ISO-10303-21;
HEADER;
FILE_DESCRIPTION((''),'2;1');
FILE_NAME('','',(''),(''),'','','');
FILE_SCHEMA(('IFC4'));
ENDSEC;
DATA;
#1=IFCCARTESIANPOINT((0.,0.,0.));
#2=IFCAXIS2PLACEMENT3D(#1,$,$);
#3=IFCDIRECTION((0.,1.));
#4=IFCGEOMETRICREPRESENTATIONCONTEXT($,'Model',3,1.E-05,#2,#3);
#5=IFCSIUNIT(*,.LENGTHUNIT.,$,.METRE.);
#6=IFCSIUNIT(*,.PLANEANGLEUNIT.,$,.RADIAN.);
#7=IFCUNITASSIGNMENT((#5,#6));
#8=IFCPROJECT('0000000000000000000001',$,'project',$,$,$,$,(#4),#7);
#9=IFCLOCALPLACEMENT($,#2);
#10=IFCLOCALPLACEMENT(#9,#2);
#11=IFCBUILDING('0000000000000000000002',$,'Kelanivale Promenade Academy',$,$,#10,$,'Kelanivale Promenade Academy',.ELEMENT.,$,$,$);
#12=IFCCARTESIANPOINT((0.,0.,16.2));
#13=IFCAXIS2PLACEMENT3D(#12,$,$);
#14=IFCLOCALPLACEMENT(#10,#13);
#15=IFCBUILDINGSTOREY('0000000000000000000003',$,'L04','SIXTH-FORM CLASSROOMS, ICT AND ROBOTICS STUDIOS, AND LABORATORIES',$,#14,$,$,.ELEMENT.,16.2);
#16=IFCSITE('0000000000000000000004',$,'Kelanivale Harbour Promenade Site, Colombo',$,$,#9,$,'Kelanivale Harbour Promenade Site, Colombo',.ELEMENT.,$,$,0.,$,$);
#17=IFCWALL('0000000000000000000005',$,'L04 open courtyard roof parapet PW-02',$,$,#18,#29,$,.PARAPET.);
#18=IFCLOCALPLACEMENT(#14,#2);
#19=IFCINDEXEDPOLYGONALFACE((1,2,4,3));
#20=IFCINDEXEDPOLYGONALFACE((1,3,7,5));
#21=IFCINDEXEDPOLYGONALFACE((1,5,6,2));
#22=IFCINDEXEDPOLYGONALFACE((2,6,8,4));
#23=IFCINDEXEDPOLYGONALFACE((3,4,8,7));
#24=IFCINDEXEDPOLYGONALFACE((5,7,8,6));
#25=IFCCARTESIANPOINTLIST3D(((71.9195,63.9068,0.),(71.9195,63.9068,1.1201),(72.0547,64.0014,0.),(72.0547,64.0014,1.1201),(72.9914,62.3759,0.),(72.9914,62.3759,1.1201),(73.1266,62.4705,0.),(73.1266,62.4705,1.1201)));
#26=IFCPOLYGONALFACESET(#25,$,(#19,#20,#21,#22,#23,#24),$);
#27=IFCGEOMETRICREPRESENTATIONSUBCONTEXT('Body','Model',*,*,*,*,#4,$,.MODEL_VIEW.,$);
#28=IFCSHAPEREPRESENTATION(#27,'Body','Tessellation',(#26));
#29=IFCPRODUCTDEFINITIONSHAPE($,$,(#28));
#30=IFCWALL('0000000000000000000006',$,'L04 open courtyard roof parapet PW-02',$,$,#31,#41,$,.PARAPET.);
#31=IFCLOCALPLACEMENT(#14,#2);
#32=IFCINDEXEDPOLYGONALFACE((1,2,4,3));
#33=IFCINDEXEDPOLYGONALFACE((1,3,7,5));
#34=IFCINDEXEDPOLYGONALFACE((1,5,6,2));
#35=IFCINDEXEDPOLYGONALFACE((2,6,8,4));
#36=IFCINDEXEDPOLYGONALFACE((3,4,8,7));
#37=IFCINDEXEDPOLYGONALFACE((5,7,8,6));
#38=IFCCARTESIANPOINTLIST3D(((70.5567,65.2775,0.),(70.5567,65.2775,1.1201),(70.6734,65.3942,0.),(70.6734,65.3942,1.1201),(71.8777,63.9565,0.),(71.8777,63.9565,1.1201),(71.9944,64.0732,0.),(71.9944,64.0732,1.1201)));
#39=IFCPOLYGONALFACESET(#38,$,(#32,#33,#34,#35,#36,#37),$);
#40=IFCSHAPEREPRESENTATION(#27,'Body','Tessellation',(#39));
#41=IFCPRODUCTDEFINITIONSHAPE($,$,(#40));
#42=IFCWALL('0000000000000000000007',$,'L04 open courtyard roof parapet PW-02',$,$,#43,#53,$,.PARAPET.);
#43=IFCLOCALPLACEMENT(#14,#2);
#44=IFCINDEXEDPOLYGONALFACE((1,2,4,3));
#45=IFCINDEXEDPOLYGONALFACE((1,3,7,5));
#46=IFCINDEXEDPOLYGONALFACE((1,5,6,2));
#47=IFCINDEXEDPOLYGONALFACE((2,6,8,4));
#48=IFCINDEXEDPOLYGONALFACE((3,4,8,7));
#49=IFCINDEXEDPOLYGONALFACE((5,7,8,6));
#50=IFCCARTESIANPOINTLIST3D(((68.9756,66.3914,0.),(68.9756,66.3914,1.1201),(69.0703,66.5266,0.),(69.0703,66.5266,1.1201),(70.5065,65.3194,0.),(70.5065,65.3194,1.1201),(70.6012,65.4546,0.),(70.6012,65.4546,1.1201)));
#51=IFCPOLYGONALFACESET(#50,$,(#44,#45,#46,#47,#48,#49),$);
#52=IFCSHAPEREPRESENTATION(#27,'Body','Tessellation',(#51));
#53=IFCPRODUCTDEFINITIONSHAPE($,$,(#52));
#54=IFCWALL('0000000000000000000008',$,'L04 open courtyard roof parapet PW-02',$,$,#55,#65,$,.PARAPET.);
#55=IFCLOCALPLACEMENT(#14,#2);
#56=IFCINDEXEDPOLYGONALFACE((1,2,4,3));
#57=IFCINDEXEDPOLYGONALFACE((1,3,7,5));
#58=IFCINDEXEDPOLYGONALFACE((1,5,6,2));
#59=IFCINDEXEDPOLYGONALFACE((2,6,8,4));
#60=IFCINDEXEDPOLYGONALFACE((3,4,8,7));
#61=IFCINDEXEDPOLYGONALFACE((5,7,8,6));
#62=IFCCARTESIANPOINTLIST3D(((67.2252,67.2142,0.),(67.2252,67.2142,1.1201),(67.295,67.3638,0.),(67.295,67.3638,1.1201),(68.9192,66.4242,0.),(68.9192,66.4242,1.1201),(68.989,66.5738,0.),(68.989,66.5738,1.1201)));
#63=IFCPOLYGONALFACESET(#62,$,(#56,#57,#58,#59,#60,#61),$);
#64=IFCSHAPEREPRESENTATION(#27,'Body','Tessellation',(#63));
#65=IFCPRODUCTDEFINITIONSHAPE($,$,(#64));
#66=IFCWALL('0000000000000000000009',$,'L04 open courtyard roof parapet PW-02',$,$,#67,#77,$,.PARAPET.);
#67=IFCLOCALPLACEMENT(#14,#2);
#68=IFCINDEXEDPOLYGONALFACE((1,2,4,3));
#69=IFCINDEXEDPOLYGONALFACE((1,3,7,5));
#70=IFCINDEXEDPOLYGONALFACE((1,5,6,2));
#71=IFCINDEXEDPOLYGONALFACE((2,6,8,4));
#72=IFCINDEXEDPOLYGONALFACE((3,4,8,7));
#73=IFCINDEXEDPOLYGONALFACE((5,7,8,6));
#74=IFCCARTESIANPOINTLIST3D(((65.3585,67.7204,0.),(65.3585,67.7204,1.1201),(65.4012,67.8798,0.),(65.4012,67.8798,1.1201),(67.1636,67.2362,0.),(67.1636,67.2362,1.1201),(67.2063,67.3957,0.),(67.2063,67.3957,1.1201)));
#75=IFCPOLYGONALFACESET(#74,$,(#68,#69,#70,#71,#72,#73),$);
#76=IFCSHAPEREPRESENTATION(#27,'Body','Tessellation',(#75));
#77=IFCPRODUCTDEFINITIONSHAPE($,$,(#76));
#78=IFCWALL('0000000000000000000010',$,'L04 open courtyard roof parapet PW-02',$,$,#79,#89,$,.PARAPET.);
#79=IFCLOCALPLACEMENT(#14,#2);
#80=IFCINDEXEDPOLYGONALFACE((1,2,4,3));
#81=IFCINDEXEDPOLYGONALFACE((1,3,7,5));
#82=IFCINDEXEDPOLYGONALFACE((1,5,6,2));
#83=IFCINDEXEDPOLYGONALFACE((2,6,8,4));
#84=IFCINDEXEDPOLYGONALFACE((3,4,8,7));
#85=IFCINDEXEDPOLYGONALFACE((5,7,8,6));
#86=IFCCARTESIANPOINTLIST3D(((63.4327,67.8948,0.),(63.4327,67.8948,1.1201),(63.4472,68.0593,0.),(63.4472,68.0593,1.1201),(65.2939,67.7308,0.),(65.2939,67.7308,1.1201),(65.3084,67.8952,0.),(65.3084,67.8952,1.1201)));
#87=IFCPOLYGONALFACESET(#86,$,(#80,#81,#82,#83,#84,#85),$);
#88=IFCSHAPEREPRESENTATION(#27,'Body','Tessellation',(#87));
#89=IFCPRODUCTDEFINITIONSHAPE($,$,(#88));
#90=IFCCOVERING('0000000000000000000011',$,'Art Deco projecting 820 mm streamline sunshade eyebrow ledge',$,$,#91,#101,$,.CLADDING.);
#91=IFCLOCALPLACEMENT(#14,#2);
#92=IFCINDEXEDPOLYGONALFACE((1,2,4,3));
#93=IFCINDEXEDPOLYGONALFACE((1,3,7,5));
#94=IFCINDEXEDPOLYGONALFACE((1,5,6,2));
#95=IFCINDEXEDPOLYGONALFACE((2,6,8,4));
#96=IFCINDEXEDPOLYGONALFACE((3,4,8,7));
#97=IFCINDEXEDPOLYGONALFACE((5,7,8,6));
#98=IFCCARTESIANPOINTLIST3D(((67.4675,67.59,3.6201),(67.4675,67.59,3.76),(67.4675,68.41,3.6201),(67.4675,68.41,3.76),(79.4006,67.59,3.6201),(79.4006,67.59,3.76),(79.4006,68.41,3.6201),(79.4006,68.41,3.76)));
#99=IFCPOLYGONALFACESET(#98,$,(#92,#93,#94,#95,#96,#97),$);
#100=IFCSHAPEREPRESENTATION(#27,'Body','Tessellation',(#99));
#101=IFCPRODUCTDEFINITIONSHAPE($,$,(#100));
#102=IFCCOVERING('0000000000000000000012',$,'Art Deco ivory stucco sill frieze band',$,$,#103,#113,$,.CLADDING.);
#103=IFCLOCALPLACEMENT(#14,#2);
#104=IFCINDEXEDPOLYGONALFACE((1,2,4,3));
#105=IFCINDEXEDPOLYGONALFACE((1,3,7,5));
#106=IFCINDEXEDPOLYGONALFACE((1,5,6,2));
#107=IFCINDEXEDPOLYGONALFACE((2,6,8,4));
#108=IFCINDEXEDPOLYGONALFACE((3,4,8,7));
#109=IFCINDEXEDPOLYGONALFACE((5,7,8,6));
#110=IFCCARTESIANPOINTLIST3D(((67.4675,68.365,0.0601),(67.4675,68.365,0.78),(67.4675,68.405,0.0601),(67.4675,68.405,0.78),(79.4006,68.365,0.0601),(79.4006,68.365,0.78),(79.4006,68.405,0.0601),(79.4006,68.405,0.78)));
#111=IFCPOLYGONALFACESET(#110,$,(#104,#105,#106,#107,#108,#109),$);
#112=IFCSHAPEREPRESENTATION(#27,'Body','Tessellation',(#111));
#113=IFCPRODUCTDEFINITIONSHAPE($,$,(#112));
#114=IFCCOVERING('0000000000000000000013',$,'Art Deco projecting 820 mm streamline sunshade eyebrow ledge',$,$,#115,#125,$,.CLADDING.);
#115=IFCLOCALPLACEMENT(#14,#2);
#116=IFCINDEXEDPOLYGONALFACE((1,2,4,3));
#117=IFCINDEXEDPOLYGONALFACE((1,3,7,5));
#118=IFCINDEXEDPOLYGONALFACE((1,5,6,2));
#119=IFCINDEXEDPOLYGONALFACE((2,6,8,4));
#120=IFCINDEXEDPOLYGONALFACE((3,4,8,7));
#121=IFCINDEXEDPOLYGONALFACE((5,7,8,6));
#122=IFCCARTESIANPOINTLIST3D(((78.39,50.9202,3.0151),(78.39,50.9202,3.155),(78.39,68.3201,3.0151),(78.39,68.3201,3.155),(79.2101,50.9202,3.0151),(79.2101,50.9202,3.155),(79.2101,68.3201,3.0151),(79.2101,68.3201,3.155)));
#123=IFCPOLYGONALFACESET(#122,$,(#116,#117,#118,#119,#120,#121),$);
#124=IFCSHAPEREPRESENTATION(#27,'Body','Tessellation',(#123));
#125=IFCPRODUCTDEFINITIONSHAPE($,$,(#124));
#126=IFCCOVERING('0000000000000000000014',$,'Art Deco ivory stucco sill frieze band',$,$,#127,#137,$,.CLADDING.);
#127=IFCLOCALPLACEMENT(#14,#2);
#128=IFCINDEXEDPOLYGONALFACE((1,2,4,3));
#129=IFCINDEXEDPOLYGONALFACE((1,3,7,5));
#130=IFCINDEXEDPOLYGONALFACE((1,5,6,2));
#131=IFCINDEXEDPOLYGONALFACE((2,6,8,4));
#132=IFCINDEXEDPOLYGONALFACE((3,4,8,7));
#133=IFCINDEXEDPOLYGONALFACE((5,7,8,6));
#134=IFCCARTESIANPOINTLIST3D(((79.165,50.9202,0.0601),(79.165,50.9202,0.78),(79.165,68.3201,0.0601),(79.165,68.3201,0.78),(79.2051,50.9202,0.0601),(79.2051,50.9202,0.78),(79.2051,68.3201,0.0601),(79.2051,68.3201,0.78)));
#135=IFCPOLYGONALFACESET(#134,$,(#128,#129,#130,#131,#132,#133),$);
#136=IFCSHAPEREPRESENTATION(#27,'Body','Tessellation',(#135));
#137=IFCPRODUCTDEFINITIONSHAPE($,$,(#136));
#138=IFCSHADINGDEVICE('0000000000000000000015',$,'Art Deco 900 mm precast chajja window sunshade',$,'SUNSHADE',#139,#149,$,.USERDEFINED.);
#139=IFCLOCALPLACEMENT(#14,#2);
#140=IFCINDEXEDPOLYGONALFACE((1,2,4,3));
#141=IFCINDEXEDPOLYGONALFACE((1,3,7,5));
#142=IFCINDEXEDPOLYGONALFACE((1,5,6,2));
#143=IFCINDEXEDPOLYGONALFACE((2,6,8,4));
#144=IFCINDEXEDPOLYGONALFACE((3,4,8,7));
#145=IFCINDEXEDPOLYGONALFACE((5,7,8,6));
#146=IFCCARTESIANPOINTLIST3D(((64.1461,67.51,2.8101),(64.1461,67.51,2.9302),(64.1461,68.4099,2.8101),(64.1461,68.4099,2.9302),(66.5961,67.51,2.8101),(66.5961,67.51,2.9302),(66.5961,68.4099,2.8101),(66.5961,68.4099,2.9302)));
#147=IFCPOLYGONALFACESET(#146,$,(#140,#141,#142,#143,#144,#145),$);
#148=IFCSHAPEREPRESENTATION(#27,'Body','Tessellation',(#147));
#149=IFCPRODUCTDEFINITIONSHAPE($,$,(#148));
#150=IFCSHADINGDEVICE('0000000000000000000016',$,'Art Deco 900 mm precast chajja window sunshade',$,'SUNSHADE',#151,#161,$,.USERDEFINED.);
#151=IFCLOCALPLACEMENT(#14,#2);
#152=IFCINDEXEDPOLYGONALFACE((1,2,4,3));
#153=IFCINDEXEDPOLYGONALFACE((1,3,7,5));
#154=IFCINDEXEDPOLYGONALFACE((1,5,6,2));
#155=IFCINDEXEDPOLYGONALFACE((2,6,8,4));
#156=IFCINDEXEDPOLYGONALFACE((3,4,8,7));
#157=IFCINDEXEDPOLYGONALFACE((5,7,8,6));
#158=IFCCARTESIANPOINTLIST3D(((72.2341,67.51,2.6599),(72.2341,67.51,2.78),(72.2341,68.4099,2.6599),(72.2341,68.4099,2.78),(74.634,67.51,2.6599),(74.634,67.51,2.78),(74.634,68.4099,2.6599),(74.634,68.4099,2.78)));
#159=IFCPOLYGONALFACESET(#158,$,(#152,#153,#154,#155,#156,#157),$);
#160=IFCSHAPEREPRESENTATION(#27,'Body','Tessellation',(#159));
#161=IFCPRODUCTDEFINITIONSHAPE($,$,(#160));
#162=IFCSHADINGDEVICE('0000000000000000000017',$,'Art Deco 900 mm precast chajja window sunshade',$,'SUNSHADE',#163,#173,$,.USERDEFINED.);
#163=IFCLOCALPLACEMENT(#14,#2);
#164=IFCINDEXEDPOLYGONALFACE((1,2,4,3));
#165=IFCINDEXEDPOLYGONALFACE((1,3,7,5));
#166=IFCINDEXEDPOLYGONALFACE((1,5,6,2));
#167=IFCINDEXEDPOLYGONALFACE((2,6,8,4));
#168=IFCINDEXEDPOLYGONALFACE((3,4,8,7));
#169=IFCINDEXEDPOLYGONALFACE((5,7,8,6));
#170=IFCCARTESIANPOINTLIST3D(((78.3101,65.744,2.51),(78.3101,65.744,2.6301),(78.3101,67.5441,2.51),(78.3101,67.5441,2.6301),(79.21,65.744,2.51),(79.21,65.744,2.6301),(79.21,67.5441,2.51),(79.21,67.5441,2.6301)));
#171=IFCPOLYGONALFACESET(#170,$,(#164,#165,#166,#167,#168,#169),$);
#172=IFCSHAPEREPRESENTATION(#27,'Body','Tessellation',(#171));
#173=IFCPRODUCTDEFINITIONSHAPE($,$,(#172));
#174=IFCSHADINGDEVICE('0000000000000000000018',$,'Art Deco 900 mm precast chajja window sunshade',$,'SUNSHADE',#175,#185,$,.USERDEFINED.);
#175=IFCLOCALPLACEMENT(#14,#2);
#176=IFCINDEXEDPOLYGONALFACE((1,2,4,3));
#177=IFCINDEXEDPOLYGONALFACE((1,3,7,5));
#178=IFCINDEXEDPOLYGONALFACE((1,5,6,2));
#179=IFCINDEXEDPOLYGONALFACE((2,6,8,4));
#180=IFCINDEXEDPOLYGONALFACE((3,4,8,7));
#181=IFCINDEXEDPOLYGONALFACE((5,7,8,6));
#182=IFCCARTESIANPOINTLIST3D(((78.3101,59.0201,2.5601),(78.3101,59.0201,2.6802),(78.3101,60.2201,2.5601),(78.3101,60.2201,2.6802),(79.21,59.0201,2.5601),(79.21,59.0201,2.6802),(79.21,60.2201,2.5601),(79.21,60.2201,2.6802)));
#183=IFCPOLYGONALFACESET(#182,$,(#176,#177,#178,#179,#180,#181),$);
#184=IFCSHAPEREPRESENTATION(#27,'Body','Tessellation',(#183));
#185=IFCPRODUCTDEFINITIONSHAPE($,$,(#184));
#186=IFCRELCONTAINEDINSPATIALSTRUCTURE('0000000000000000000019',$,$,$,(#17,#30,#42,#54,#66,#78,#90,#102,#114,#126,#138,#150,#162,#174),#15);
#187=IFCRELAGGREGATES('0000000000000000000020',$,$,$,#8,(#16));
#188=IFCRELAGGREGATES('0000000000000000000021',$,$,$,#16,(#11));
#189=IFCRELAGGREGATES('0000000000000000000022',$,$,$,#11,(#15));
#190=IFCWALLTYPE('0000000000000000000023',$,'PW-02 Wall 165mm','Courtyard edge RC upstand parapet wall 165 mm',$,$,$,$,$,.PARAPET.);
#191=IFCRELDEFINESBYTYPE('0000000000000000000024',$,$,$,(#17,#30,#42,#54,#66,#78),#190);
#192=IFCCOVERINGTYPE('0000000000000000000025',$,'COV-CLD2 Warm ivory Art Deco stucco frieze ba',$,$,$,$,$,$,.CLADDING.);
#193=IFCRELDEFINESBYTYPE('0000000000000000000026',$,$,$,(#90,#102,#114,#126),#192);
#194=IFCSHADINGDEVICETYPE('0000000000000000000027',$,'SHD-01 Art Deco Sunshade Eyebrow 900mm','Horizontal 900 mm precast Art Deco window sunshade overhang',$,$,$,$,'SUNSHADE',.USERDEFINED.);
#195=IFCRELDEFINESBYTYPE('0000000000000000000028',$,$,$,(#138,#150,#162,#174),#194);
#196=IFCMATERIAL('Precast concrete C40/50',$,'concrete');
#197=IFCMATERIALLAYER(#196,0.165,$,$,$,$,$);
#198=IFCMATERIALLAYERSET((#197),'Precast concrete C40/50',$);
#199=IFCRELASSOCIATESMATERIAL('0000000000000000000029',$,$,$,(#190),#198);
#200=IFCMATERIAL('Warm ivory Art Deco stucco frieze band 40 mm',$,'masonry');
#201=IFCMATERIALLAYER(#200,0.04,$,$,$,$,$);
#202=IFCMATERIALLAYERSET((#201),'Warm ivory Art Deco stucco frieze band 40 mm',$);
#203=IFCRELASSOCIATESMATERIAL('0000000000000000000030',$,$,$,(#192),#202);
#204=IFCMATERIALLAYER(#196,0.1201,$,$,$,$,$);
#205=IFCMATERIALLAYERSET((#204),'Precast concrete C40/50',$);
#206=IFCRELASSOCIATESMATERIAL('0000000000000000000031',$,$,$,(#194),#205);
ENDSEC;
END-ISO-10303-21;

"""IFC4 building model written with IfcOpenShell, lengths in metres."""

from ifc_helpers import new_model, si_unit, direction, frame, frame_2d, origin, origin_2d, place, context, subcontext, project, spatial, rectangle, extrude, material, layer, layer_set, type_object, element, save


model = new_model("IFC4")

# Units and contexts
model_context = context("Model", 3, precision=1e-05, world=origin(), true_north=direction((0.0, 1.0)))
body_context = subcontext(model_context, "Body", "Model", "MODEL_VIEW")
ifc_project = project(units=[si_unit("LENGTHUNIT", "METRE"), si_unit("PLANEANGLEUNIT", "RADIAN")], contexts=[model_context])

# Site, building, storey
site_placement = place(None, origin())
site = spatial("IfcSite", under=ifc_project, at=site_placement, Name="Kelanivale Harbour Promenade Site, Colombo", LongName="Kelanivale Harbour Promenade Site, Colombo", CompositionType="ELEMENT", RefElevation=0.0)
building_placement = place(site_placement, origin())
building = spatial("IfcBuilding", under=site, at=building_placement, Name="Kelanivale Promenade Academy", LongName="Kelanivale Promenade Academy", CompositionType="ELEMENT")
storey_placement = place(building_placement, frame((0.0, 0.0, 16.2)))
storey = spatial("IfcBuildingStorey", under=building, at=storey_placement, Name="L04", Description="SIXTH-FORM CLASSROOMS, ICT AND ROBOTICS STUDIOS, AND LABORATORIES", CompositionType="ELEMENT", Elevation=16.2)

# Walls
ifc_material_1 = material(Name="Precast concrete C40/50", Category="concrete")
ifc_layer_1 = layer(ifc_material_1, 0.165)
ifc_layer_set_1 = layer_set([ifc_layer_1], Name="Precast concrete C40/50")
wall_type_1 = type_object("IfcWallType", Name="PW-02 Wall 165mm", Description="Courtyard edge RC upstand parapet wall 165 mm", PredefinedType="PARAPET", material=ifc_layer_set_1)
wall_1_placement = place(storey_placement, frame((73.0591, 62.4231, 0.0), z_axis=(0.0, 0.0, 1.0), x_axis=(-0.573576, 0.819152, 0.0)))
element("IfcWall", 1, at=wall_1_placement, inside=storey, type_object=wall_type_1, Name="L04 open courtyard roof parapet PW-02", PredefinedType="PARAPET", context=body_context, shape_type="SweptSolid", body=[
    extrude(rectangle(XDim=1.8689, YDim=0.165, at=frame_2d((0.9346, 0.0))), origin(), (0.0, 0.0, 1.0), 1.1201),
])
wall_2_placement = place(storey_placement, frame((71.936, 64.0149, 0.0), z_axis=(0.0, 0.0, 1.0), x_axis=(-0.707107, 0.707107, 0.0)))
element("IfcWall", 2, at=wall_2_placement, inside=storey, type_object=wall_type_1, Name="L04 open courtyard roof parapet PW-02", PredefinedType="PARAPET", context=body_context, shape_type="SweptSolid", body=[
    extrude(rectangle(XDim=1.8682, YDim=0.165, at=frame_2d((0.9341, 0.0))), origin(), (0.0, 0.0, 1.0), 1.1201),
])
wall_3_placement = place(storey_placement, frame((70.554, 65.387, 0.0), z_axis=(0.0, 0.0, 1.0), x_axis=(-0.819152, 0.573576, 0.0)))
element("IfcWall", 3, at=wall_3_placement, inside=storey, type_object=wall_type_1, Name="L04 open courtyard roof parapet PW-02", PredefinedType="PARAPET", context=body_context, shape_type="SweptSolid", body=[
    extrude(rectangle(XDim=1.8689, YDim=0.165, at=frame_2d((0.9346, 0.0))), origin(), (0.0, 0.0, 1.0), 1.1201),
])
wall_4_placement = place(storey_placement, frame((68.9541, 66.499, 0.0), z_axis=(0.0, 0.0, 1.0), x_axis=(-0.906293, 0.422649, 0.0)))
element("IfcWall", 4, at=wall_4_placement, inside=storey, type_object=wall_type_1, Name="L04 open courtyard roof parapet PW-02", PredefinedType="PARAPET", context=body_context, shape_type="SweptSolid", body=[
    extrude(rectangle(XDim=1.8691, YDim=0.165, at=frame_2d((0.9346, 0.0))), origin(), (0.0, 0.0, 1.0), 1.1201),
])
wall_5_placement = place(storey_placement, frame((67.1851, 67.3159, 0.0), z_axis=(0.0, 0.0, 1.0), x_axis=(-0.965868, 0.259036, 0.0)))
element("IfcWall", 5, at=wall_5_placement, inside=storey, type_object=wall_type_1, Name="L04 open courtyard roof parapet PW-02", PredefinedType="PARAPET", context=body_context, shape_type="SweptSolid", body=[
    extrude(rectangle(XDim=1.8689, YDim=0.165, at=frame_2d((0.9346, 0.0))), origin(), (0.0, 0.0, 1.0), 1.1201),
])
wall_6_placement = place(storey_placement, frame((65.301, 67.813, 0.0), z_axis=(0.0, 0.0, 1.0), x_axis=(-0.996137, 0.087814, 0.0)))
element("IfcWall", 6, at=wall_6_placement, inside=storey, type_object=wall_type_1, Name="L04 open courtyard roof parapet PW-02", PredefinedType="PARAPET", context=body_context, shape_type="SweptSolid", body=[
    extrude(rectangle(XDim=1.8684, YDim=0.165, at=frame_2d((0.9341, 0.0))), origin(), (0.0, 0.0, 1.0), 1.1201),
])

# Coverings
ifc_material_2 = material(Name="Warm ivory Art Deco stucco frieze band 40 mm", Category="masonry")
ifc_layer_2 = layer(ifc_material_2, 0.04)
ifc_layer_set_2 = layer_set([ifc_layer_2], Name="Warm ivory Art Deco stucco frieze band 40 mm")
covering_type = type_object("IfcCoveringType", Name="COV-CLD2 Warm ivory Art Deco stucco frieze ba", PredefinedType="CLADDING", material=ifc_layer_set_2)
covering_1_placement = place(storey_placement, frame((73.4341, 68.0, 3.6201), z_axis=(0.0, 0.0, 1.0), x_axis=(1.0, 0.0, 0.0)))
element("IfcCovering", 7, at=covering_1_placement, inside=storey, type_object=covering_type, Name="Art Deco projecting 820 mm streamline sunshade eyebrow ledge", PredefinedType="CLADDING", context=body_context, shape_type="SweptSolid", body=[
    extrude(rectangle(XDim=11.9331, YDim=0.8201, at=origin_2d()), origin(), (0.0, 0.0, 1.0), 0.1399),
])
covering_2_placement = place(storey_placement, frame((73.4341, 68.385, 0.0601), z_axis=(0.0, 0.0, 1.0), x_axis=(1.0, 0.0, 0.0)))
element("IfcCovering", 8, at=covering_2_placement, inside=storey, type_object=covering_type, Name="Art Deco ivory stucco sill frieze band", PredefinedType="CLADDING", context=body_context, shape_type="SweptSolid", body=[
    extrude(rectangle(XDim=11.9331, YDim=0.04, at=origin_2d()), origin(), (0.0, 0.0, 1.0), 0.72),
])
covering_3_placement = place(storey_placement, frame((78.8, 59.6201, 3.0151), z_axis=(0.0, 0.0, 1.0), x_axis=(0.0, -1.0, 0.0)))
element("IfcCovering", 9, at=covering_3_placement, inside=storey, type_object=covering_type, Name="Art Deco projecting 820 mm streamline sunshade eyebrow ledge", PredefinedType="CLADDING", context=body_context, shape_type="SweptSolid", body=[
    extrude(rectangle(XDim=17.3999, YDim=0.8201, at=origin_2d()), origin(), (0.0, 0.0, 1.0), 0.1399),
])
covering_4_placement = place(storey_placement, frame((79.1851, 59.6201, 0.0601), z_axis=(0.0, 0.0, 1.0), x_axis=(0.0, -1.0, 0.0)))
element("IfcCovering", 10, at=covering_4_placement, inside=storey, type_object=covering_type, Name="Art Deco ivory stucco sill frieze band", PredefinedType="CLADDING", context=body_context, shape_type="SweptSolid", body=[
    extrude(rectangle(XDim=17.3999, YDim=0.04, at=origin_2d()), origin(), (0.0, 0.0, 1.0), 0.72),
])

# Shading devices
ifc_layer_3 = layer(ifc_material_1, 0.1201)
ifc_layer_set_3 = layer_set([ifc_layer_3], Name="Precast concrete C40/50")
shading_device_type_1 = type_object("IfcShadingDeviceType", Name="SHD-01 Art Deco Sunshade Eyebrow 900mm", Description="Horizontal 900 mm precast Art Deco window sunshade overhang", ElementType="SUNSHADE", PredefinedType="USERDEFINED", material=ifc_layer_set_3)
shading_device_1_placement = place(storey_placement, frame((65.3711, 67.96, 2.8101), z_axis=(0.0, 0.0, 1.0), x_axis=(1.0, 0.0, 0.0)))
element("IfcShadingDevice", 11, at=shading_device_1_placement, inside=storey, type_object=shading_device_type_1, Name="Art Deco 900 mm precast chajja window sunshade", ObjectType="SUNSHADE", PredefinedType="USERDEFINED", context=body_context, shape_type="SweptSolid", body=[
    extrude(rectangle(XDim=2.45, YDim=0.8999, at=origin_2d()), origin(), (0.0, 0.0, 1.0), 0.1201),
])
shading_device_2_placement = place(storey_placement, frame((73.4341, 67.96, 2.6599), z_axis=(0.0, 0.0, 1.0), x_axis=(1.0, 0.0, 0.0)))
element("IfcShadingDevice", 12, at=shading_device_2_placement, inside=storey, type_object=shading_device_type_1, Name="Art Deco 900 mm precast chajja window sunshade", ObjectType="SUNSHADE", PredefinedType="USERDEFINED", context=body_context, shape_type="SweptSolid", body=[
    extrude(rectangle(XDim=2.3999, YDim=0.8999, at=origin_2d()), origin(), (0.0, 0.0, 1.0), 0.1201),
])
shading_device_3_placement = place(storey_placement, frame((78.76, 66.644, 2.51), z_axis=(0.0, 0.0, 1.0), x_axis=(0.0, -1.0, 0.0)))
element("IfcShadingDevice", 13, at=shading_device_3_placement, inside=storey, type_object=shading_device_type_1, Name="Art Deco 900 mm precast chajja window sunshade", ObjectType="SUNSHADE", PredefinedType="USERDEFINED", context=body_context, shape_type="SweptSolid", body=[
    extrude(rectangle(XDim=1.8, YDim=0.8999, at=origin_2d()), origin(), (0.0, 0.0, 1.0), 0.1201),
])
shading_device_4_placement = place(storey_placement, frame((78.76, 59.6201, 2.5601), z_axis=(0.0, 0.0, 1.0), x_axis=(0.0, -1.0, 0.0)))
element("IfcShadingDevice", 14, at=shading_device_4_placement, inside=storey, type_object=shading_device_type_1, Name="Art Deco 900 mm precast chajja window sunshade", ObjectType="SUNSHADE", PredefinedType="USERDEFINED", context=body_context, shape_type="SweptSolid", body=[
    extrude(rectangle(XDim=1.2, YDim=0.8999, at=origin_2d()), origin(), (0.0, 0.0, 1.0), 0.1201),
])

save(model, "model.ifc")
